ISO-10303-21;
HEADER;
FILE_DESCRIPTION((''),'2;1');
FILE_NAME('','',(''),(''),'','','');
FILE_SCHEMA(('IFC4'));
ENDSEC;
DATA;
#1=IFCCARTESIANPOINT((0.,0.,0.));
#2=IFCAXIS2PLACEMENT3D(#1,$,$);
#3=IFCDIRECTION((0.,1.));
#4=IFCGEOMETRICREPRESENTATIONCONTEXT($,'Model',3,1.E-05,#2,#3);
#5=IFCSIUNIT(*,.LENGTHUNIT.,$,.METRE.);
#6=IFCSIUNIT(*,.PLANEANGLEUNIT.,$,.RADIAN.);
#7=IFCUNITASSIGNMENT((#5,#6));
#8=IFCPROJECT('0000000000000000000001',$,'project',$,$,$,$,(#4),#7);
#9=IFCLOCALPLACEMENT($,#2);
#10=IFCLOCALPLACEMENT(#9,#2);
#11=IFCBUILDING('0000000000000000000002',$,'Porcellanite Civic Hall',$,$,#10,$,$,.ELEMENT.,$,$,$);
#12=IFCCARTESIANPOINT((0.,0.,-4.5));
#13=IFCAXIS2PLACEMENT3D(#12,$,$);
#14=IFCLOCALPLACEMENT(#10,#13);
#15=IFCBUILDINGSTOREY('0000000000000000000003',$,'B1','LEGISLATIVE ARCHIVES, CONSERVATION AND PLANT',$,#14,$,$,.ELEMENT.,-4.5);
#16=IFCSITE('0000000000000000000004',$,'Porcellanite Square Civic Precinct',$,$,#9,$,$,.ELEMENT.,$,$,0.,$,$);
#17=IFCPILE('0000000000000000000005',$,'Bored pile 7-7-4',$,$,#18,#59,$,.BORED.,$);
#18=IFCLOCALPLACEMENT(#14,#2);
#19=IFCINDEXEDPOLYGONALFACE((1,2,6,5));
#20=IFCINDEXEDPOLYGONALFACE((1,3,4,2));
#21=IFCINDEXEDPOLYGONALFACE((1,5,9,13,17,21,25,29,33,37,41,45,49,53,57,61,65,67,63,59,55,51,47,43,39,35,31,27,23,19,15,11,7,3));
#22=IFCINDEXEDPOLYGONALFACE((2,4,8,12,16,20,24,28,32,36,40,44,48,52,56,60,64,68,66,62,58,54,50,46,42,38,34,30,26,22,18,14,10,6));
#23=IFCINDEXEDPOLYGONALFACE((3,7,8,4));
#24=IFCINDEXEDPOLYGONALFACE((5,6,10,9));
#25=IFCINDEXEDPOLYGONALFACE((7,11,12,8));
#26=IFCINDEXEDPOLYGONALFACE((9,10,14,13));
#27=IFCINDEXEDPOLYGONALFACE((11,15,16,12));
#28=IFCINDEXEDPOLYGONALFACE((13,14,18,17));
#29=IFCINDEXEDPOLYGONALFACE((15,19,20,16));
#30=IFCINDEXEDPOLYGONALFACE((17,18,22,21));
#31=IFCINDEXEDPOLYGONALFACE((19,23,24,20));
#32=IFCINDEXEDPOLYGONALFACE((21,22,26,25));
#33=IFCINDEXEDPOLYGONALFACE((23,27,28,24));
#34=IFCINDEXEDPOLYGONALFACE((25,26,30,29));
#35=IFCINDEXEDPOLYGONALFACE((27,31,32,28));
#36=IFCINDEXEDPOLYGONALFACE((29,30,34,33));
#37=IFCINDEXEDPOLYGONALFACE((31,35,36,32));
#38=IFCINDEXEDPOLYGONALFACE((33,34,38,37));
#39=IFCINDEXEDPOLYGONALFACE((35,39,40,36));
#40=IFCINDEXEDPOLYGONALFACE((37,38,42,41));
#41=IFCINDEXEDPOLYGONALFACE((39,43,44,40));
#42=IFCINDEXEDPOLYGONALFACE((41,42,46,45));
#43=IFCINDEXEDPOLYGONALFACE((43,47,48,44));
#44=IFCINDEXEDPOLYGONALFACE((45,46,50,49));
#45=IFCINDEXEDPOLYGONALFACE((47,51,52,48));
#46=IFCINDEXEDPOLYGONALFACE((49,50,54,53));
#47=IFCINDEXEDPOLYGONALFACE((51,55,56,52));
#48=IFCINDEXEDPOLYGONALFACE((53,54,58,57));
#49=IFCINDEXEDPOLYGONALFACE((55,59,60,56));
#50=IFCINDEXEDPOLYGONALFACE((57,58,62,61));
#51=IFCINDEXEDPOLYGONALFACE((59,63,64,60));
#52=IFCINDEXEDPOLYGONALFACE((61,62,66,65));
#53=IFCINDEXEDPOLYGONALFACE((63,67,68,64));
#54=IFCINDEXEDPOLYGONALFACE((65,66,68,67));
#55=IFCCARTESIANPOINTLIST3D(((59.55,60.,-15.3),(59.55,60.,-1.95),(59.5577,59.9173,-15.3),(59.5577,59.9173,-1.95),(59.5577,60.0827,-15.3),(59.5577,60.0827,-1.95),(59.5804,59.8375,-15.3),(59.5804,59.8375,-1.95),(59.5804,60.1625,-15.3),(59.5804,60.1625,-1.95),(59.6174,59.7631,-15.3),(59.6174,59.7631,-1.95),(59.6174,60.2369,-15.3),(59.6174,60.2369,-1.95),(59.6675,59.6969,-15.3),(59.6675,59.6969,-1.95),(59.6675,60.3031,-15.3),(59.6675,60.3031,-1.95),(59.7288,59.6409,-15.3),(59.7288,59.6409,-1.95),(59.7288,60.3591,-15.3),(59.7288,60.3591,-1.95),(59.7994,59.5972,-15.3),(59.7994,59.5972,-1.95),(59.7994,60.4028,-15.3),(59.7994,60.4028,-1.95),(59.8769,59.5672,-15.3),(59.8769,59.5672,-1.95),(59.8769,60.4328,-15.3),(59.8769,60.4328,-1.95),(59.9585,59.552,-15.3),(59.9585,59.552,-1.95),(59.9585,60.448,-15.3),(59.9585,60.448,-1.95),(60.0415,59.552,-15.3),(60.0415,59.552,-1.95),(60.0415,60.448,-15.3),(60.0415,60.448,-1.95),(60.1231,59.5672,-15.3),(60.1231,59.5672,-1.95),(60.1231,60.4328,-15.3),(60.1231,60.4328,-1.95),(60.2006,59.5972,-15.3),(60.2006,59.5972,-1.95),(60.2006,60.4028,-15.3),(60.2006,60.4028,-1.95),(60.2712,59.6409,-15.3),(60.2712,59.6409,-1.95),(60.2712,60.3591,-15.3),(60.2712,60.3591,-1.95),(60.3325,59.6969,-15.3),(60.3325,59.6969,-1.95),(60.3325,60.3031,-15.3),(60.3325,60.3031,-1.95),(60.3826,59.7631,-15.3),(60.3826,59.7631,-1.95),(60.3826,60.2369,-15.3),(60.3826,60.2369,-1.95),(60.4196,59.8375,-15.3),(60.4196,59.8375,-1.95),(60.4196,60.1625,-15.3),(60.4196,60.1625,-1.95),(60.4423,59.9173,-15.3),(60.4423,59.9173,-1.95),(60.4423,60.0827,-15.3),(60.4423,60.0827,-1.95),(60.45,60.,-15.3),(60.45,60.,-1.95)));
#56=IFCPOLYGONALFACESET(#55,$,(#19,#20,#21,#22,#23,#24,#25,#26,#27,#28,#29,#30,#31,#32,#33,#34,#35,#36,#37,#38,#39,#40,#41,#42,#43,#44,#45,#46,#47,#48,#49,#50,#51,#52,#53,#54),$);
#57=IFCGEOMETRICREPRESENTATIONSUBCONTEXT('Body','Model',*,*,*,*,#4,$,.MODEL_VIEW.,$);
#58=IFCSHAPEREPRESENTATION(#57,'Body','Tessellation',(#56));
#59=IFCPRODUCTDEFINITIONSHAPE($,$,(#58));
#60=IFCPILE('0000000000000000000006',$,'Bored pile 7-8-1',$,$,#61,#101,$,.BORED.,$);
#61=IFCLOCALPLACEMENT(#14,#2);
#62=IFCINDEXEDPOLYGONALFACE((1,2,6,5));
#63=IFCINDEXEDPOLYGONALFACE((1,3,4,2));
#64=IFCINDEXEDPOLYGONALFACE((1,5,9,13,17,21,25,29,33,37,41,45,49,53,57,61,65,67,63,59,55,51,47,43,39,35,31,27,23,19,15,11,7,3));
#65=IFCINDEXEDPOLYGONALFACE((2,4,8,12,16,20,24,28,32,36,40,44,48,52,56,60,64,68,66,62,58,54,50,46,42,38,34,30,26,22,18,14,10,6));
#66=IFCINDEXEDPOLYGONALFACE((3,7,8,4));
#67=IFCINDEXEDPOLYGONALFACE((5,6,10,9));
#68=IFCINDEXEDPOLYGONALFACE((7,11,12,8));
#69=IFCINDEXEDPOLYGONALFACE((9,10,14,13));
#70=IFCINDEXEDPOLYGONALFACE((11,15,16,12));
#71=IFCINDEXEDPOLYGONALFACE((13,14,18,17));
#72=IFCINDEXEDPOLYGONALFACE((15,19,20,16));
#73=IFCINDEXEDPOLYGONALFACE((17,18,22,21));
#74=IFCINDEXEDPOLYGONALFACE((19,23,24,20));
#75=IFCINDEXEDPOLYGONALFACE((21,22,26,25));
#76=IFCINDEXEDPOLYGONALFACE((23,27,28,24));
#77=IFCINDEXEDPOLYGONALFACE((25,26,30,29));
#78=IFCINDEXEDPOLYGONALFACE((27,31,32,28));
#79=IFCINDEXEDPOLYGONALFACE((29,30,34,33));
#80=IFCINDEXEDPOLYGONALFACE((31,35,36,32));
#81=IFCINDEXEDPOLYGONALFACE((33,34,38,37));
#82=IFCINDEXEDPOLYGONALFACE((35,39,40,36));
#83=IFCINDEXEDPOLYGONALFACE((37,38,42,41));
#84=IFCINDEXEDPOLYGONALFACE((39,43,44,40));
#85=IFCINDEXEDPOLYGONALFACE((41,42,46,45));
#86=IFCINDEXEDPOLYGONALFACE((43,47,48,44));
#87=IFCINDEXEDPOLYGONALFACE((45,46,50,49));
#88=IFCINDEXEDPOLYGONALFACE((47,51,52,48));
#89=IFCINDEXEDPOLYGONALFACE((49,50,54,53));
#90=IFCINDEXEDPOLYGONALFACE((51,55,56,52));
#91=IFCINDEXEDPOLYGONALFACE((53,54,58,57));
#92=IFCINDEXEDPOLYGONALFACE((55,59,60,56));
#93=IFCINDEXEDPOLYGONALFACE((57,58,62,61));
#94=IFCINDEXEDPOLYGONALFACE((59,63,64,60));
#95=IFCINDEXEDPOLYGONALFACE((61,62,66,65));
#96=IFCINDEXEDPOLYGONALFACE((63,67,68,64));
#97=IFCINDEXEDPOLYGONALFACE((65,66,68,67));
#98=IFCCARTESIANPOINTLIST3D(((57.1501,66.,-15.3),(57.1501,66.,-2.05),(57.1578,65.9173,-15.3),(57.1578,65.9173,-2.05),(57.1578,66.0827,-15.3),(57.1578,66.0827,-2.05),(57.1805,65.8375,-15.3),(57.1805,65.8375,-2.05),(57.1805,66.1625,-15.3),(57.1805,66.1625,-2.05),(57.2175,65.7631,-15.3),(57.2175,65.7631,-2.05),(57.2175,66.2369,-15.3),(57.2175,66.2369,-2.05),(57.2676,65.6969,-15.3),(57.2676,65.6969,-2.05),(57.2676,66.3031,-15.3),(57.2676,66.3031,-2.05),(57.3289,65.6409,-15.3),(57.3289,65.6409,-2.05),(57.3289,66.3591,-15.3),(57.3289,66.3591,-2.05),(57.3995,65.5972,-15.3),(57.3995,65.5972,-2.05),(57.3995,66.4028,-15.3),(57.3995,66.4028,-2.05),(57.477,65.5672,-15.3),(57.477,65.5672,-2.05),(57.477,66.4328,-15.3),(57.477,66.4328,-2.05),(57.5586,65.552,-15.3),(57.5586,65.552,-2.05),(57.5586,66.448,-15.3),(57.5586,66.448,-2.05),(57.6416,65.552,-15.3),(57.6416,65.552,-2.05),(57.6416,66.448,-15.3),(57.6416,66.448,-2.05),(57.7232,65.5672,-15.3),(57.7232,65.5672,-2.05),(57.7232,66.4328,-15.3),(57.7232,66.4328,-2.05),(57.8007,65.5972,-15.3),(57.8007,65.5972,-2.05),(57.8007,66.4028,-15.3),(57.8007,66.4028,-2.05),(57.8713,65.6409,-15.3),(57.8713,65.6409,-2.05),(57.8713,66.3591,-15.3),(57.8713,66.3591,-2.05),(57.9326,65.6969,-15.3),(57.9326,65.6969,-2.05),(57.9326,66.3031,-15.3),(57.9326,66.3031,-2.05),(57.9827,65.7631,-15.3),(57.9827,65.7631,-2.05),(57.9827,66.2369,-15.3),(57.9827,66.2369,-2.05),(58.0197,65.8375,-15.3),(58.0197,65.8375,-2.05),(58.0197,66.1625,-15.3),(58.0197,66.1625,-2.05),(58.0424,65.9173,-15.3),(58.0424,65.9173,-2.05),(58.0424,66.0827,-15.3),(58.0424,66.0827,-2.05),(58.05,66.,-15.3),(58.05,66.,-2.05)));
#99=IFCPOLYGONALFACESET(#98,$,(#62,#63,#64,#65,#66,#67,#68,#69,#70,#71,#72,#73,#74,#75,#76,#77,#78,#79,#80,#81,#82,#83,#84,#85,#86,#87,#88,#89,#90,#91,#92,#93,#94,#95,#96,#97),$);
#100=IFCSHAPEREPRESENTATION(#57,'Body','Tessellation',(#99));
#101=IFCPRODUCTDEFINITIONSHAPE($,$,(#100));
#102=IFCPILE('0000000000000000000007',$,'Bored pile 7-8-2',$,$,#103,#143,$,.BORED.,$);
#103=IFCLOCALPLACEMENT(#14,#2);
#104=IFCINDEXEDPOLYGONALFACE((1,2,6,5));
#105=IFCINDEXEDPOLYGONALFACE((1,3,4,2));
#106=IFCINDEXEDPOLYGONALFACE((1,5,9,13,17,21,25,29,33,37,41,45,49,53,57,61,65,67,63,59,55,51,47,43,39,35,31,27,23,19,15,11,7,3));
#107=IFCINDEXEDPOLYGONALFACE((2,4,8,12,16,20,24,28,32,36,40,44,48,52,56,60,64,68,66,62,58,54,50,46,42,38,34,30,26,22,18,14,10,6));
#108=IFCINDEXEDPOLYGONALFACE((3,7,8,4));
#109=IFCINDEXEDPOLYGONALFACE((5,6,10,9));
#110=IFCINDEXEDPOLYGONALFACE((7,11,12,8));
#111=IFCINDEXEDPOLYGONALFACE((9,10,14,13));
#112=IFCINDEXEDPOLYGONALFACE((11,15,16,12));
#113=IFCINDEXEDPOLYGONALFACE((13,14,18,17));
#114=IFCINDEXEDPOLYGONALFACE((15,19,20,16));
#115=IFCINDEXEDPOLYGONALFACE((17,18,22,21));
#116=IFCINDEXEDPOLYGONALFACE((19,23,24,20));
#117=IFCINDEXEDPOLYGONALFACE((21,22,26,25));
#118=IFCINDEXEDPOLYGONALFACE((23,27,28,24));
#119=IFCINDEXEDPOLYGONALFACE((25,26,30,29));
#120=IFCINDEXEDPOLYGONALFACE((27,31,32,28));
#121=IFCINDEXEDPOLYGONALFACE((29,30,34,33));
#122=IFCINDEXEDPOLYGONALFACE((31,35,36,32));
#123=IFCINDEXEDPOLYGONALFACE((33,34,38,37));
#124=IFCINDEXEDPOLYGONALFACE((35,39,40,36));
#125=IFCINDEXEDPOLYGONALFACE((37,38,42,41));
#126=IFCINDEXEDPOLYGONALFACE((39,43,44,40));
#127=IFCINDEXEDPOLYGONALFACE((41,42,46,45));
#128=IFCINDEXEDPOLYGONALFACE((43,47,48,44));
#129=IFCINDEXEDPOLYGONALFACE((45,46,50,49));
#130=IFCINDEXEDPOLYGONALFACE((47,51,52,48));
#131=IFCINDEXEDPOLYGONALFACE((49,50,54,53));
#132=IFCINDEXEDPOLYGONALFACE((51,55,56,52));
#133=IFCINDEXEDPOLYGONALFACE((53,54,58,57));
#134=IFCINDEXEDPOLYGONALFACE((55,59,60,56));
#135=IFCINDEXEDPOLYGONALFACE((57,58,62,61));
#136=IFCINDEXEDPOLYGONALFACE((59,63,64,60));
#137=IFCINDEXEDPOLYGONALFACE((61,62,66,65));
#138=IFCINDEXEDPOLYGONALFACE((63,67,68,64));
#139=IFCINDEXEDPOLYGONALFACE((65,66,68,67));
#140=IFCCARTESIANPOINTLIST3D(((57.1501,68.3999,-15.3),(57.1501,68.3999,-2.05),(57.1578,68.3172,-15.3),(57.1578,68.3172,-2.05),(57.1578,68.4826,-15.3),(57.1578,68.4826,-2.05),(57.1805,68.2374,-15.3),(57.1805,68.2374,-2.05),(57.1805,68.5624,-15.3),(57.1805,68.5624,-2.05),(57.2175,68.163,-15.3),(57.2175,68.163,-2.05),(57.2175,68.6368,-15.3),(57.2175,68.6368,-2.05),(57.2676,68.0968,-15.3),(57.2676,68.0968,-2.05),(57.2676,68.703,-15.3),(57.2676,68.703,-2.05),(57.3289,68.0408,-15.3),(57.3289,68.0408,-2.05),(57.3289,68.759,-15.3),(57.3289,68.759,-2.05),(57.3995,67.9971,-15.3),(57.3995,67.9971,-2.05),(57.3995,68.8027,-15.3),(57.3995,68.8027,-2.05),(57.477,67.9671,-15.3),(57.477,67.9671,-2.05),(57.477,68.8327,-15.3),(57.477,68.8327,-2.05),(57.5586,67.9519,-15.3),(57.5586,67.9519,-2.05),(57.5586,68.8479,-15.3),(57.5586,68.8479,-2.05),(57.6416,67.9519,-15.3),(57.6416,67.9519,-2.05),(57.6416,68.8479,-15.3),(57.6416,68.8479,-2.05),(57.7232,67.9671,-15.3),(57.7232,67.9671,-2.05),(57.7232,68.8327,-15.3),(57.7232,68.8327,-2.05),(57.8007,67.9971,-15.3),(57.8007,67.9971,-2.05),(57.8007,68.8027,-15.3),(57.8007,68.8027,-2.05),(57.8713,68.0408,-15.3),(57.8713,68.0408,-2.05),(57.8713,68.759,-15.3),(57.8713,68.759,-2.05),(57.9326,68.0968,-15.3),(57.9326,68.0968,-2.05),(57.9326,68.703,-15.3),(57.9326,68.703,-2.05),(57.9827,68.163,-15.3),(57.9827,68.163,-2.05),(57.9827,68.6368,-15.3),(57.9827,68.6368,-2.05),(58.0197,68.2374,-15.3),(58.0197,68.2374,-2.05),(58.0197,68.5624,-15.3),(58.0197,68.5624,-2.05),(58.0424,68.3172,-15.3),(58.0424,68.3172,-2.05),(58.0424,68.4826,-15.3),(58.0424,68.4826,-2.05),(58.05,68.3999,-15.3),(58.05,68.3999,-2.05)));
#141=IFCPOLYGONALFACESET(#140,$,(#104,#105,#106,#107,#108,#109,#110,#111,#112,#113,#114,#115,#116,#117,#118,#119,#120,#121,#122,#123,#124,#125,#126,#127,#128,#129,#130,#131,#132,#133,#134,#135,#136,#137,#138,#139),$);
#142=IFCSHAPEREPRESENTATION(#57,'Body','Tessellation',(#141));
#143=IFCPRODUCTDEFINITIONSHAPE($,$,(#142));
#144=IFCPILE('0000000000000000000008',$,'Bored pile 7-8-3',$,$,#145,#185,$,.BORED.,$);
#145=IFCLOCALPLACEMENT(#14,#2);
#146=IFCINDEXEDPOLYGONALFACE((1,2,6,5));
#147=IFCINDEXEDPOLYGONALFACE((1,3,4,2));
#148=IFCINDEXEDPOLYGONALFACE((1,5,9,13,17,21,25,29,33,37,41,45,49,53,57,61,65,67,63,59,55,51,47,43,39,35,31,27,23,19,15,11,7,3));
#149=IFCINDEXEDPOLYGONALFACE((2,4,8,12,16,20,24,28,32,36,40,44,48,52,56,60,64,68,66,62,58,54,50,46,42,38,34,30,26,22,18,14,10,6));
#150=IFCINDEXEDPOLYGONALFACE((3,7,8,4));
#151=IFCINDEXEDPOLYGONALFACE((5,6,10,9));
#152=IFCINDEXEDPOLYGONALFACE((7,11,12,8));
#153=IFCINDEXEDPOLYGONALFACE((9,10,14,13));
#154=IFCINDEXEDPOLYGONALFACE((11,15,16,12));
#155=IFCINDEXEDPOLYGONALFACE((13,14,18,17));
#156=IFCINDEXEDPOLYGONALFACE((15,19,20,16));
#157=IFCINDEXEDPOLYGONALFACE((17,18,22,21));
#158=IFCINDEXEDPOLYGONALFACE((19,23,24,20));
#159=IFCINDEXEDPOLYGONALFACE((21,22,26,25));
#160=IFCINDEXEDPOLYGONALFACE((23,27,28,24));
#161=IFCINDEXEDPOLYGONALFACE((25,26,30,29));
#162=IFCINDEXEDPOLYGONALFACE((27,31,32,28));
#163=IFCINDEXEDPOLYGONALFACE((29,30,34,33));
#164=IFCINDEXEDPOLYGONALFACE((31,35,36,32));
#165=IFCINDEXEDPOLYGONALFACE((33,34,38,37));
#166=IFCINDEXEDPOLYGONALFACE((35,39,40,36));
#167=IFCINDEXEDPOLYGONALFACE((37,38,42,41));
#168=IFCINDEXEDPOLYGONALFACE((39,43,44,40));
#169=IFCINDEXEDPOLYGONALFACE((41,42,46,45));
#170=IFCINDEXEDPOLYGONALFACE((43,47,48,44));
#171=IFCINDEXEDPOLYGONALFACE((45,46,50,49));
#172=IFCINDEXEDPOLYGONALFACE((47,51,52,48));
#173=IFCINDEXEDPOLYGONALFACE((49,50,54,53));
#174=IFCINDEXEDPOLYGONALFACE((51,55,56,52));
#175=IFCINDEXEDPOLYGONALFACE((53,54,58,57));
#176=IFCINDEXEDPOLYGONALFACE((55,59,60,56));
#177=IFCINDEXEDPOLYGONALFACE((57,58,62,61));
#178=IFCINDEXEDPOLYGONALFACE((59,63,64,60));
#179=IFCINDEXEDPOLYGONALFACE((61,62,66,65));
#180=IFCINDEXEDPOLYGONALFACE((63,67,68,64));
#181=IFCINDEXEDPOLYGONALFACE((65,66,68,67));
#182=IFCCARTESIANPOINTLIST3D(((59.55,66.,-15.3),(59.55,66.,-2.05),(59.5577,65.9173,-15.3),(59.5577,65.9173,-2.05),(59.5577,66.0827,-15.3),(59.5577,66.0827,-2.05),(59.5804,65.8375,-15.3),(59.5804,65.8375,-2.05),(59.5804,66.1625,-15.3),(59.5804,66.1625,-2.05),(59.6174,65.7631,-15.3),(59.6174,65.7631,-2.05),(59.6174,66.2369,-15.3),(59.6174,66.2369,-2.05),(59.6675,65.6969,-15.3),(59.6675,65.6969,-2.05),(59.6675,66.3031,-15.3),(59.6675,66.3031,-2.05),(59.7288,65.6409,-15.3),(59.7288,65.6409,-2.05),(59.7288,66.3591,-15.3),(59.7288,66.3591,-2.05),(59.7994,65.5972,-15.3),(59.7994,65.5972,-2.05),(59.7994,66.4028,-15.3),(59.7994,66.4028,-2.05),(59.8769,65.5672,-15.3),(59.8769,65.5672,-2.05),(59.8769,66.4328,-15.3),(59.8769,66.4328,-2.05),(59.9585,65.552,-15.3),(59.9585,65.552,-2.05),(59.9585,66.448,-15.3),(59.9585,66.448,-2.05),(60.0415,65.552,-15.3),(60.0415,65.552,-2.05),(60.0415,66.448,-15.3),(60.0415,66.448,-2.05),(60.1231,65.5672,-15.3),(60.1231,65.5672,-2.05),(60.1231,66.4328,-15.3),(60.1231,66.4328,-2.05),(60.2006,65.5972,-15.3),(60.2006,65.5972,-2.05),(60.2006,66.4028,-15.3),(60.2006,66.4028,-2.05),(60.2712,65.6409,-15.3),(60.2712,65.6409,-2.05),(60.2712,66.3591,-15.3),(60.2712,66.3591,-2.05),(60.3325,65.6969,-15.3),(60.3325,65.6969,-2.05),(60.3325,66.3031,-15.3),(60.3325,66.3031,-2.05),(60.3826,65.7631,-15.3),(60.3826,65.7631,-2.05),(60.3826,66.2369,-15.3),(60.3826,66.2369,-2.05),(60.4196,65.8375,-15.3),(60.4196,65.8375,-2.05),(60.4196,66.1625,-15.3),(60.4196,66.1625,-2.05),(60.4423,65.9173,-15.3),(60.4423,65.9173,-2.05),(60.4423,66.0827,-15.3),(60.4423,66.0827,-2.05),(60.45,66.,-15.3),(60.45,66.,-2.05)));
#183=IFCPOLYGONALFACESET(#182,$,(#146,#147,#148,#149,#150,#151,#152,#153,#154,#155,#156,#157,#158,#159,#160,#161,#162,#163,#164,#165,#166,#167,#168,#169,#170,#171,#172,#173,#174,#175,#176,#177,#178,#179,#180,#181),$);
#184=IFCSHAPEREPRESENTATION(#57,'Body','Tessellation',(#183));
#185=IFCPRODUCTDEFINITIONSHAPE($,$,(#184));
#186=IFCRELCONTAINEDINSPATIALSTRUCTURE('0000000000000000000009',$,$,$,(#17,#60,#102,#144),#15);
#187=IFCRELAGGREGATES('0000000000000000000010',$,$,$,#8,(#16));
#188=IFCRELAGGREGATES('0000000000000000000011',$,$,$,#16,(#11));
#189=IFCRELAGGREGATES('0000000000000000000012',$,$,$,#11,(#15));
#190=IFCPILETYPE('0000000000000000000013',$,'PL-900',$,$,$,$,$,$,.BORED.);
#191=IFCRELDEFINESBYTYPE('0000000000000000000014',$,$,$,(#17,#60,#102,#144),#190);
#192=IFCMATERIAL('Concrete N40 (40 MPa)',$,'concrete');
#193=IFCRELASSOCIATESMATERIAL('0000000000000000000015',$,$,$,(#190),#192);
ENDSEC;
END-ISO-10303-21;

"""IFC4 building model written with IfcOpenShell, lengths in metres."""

from ifc_helpers import new_model, si_unit, direction, frame, origin, origin_2d, place, context, subcontext, project, spatial, circle, extrude, material, material_profile, profile_set, type_object, element, save


model = new_model("IFC4")

# Units and contexts
model_context = context("Model", 3, precision=1e-05, world=origin(), true_north=direction((0.0, 1.0)))
body_context = subcontext(model_context, "Body", "Model", "MODEL_VIEW")
ifc_project = project(units=[si_unit("LENGTHUNIT", "METRE"), si_unit("PLANEANGLEUNIT", "RADIAN")], contexts=[model_context])

# Site, building, storey
site_placement = place(None, origin())
site = spatial("IfcSite", under=ifc_project, at=site_placement, Name="Porcellanite Square Civic Precinct", CompositionType="ELEMENT", RefElevation=0.0)
building_placement = place(site_placement, origin())
building = spatial("IfcBuilding", under=site, at=building_placement, Name="Porcellanite Civic Hall", CompositionType="ELEMENT")
storey_placement = place(building_placement, frame((0.0, 0.0, -4.5)))
storey = spatial("IfcBuildingStorey", under=building, at=storey_placement, Name="B1", Description="LEGISLATIVE ARCHIVES, CONSERVATION AND PLANT", CompositionType="ELEMENT", Elevation=-4.5)

# Piles
ifc_material_1 = material(Name="Concrete N40 (40 MPa)", Category="concrete")
ifc_material_profile_1 = material_profile(ifc_material_1, circle(Radius=0.45, at=origin_2d()), Name="PILE-D900")
ifc_profile_set_1 = profile_set([ifc_material_profile_1], Name="Concrete N40 (40 MPa)")
pile_type = type_object("IfcPileType", Name="PL-900", PredefinedType="BORED", material=ifc_profile_set_1)
for number, where, z_axis, x_axis, name in (
    (1, (60.0, 60.0, -1.95), (0.0, 0.0, -1.0), (1.0, 0.0, 0.0), "Bored pile 7-7-4"),
):
    element("IfcPile", number, at=place(storey_placement, frame(where, z_axis=z_axis, x_axis=x_axis)), inside=storey, type_object=pile_type, Name=name, PredefinedType="BORED", context=body_context, shape_type="SweptSolid", body=[
        extrude(circle(Radius=0.45, at=origin_2d()), origin(), (0.0, 0.0, 1.0), 13.3501),
    ])
for number, where, z_axis, x_axis, name in (
    (2, (57.6001, 66.0, -2.05), (0.0, 0.0, -1.0), (1.0, 0.0, 0.0), "Bored pile 7-8-1"),
    (3, (57.6001, 68.3999, -2.05), (0.0, 0.0, -1.0), (1.0, 0.0, 0.0), "Bored pile 7-8-2"),
    (4, (60.0, 66.0, -2.05), (0.0, 0.0, -1.0), (1.0, 0.0, 0.0), "Bored pile 7-8-3"),
):
    element("IfcPile", number, at=place(storey_placement, frame(where, z_axis=z_axis, x_axis=x_axis)), inside=storey, type_object=pile_type, Name=name, PredefinedType="BORED", context=body_context, shape_type="SweptSolid", body=[
        extrude(circle(Radius=0.45, at=origin_2d()), origin(), (0.0, 0.0, 1.0), 13.25),
    ])

save(model, "model.ifc")
